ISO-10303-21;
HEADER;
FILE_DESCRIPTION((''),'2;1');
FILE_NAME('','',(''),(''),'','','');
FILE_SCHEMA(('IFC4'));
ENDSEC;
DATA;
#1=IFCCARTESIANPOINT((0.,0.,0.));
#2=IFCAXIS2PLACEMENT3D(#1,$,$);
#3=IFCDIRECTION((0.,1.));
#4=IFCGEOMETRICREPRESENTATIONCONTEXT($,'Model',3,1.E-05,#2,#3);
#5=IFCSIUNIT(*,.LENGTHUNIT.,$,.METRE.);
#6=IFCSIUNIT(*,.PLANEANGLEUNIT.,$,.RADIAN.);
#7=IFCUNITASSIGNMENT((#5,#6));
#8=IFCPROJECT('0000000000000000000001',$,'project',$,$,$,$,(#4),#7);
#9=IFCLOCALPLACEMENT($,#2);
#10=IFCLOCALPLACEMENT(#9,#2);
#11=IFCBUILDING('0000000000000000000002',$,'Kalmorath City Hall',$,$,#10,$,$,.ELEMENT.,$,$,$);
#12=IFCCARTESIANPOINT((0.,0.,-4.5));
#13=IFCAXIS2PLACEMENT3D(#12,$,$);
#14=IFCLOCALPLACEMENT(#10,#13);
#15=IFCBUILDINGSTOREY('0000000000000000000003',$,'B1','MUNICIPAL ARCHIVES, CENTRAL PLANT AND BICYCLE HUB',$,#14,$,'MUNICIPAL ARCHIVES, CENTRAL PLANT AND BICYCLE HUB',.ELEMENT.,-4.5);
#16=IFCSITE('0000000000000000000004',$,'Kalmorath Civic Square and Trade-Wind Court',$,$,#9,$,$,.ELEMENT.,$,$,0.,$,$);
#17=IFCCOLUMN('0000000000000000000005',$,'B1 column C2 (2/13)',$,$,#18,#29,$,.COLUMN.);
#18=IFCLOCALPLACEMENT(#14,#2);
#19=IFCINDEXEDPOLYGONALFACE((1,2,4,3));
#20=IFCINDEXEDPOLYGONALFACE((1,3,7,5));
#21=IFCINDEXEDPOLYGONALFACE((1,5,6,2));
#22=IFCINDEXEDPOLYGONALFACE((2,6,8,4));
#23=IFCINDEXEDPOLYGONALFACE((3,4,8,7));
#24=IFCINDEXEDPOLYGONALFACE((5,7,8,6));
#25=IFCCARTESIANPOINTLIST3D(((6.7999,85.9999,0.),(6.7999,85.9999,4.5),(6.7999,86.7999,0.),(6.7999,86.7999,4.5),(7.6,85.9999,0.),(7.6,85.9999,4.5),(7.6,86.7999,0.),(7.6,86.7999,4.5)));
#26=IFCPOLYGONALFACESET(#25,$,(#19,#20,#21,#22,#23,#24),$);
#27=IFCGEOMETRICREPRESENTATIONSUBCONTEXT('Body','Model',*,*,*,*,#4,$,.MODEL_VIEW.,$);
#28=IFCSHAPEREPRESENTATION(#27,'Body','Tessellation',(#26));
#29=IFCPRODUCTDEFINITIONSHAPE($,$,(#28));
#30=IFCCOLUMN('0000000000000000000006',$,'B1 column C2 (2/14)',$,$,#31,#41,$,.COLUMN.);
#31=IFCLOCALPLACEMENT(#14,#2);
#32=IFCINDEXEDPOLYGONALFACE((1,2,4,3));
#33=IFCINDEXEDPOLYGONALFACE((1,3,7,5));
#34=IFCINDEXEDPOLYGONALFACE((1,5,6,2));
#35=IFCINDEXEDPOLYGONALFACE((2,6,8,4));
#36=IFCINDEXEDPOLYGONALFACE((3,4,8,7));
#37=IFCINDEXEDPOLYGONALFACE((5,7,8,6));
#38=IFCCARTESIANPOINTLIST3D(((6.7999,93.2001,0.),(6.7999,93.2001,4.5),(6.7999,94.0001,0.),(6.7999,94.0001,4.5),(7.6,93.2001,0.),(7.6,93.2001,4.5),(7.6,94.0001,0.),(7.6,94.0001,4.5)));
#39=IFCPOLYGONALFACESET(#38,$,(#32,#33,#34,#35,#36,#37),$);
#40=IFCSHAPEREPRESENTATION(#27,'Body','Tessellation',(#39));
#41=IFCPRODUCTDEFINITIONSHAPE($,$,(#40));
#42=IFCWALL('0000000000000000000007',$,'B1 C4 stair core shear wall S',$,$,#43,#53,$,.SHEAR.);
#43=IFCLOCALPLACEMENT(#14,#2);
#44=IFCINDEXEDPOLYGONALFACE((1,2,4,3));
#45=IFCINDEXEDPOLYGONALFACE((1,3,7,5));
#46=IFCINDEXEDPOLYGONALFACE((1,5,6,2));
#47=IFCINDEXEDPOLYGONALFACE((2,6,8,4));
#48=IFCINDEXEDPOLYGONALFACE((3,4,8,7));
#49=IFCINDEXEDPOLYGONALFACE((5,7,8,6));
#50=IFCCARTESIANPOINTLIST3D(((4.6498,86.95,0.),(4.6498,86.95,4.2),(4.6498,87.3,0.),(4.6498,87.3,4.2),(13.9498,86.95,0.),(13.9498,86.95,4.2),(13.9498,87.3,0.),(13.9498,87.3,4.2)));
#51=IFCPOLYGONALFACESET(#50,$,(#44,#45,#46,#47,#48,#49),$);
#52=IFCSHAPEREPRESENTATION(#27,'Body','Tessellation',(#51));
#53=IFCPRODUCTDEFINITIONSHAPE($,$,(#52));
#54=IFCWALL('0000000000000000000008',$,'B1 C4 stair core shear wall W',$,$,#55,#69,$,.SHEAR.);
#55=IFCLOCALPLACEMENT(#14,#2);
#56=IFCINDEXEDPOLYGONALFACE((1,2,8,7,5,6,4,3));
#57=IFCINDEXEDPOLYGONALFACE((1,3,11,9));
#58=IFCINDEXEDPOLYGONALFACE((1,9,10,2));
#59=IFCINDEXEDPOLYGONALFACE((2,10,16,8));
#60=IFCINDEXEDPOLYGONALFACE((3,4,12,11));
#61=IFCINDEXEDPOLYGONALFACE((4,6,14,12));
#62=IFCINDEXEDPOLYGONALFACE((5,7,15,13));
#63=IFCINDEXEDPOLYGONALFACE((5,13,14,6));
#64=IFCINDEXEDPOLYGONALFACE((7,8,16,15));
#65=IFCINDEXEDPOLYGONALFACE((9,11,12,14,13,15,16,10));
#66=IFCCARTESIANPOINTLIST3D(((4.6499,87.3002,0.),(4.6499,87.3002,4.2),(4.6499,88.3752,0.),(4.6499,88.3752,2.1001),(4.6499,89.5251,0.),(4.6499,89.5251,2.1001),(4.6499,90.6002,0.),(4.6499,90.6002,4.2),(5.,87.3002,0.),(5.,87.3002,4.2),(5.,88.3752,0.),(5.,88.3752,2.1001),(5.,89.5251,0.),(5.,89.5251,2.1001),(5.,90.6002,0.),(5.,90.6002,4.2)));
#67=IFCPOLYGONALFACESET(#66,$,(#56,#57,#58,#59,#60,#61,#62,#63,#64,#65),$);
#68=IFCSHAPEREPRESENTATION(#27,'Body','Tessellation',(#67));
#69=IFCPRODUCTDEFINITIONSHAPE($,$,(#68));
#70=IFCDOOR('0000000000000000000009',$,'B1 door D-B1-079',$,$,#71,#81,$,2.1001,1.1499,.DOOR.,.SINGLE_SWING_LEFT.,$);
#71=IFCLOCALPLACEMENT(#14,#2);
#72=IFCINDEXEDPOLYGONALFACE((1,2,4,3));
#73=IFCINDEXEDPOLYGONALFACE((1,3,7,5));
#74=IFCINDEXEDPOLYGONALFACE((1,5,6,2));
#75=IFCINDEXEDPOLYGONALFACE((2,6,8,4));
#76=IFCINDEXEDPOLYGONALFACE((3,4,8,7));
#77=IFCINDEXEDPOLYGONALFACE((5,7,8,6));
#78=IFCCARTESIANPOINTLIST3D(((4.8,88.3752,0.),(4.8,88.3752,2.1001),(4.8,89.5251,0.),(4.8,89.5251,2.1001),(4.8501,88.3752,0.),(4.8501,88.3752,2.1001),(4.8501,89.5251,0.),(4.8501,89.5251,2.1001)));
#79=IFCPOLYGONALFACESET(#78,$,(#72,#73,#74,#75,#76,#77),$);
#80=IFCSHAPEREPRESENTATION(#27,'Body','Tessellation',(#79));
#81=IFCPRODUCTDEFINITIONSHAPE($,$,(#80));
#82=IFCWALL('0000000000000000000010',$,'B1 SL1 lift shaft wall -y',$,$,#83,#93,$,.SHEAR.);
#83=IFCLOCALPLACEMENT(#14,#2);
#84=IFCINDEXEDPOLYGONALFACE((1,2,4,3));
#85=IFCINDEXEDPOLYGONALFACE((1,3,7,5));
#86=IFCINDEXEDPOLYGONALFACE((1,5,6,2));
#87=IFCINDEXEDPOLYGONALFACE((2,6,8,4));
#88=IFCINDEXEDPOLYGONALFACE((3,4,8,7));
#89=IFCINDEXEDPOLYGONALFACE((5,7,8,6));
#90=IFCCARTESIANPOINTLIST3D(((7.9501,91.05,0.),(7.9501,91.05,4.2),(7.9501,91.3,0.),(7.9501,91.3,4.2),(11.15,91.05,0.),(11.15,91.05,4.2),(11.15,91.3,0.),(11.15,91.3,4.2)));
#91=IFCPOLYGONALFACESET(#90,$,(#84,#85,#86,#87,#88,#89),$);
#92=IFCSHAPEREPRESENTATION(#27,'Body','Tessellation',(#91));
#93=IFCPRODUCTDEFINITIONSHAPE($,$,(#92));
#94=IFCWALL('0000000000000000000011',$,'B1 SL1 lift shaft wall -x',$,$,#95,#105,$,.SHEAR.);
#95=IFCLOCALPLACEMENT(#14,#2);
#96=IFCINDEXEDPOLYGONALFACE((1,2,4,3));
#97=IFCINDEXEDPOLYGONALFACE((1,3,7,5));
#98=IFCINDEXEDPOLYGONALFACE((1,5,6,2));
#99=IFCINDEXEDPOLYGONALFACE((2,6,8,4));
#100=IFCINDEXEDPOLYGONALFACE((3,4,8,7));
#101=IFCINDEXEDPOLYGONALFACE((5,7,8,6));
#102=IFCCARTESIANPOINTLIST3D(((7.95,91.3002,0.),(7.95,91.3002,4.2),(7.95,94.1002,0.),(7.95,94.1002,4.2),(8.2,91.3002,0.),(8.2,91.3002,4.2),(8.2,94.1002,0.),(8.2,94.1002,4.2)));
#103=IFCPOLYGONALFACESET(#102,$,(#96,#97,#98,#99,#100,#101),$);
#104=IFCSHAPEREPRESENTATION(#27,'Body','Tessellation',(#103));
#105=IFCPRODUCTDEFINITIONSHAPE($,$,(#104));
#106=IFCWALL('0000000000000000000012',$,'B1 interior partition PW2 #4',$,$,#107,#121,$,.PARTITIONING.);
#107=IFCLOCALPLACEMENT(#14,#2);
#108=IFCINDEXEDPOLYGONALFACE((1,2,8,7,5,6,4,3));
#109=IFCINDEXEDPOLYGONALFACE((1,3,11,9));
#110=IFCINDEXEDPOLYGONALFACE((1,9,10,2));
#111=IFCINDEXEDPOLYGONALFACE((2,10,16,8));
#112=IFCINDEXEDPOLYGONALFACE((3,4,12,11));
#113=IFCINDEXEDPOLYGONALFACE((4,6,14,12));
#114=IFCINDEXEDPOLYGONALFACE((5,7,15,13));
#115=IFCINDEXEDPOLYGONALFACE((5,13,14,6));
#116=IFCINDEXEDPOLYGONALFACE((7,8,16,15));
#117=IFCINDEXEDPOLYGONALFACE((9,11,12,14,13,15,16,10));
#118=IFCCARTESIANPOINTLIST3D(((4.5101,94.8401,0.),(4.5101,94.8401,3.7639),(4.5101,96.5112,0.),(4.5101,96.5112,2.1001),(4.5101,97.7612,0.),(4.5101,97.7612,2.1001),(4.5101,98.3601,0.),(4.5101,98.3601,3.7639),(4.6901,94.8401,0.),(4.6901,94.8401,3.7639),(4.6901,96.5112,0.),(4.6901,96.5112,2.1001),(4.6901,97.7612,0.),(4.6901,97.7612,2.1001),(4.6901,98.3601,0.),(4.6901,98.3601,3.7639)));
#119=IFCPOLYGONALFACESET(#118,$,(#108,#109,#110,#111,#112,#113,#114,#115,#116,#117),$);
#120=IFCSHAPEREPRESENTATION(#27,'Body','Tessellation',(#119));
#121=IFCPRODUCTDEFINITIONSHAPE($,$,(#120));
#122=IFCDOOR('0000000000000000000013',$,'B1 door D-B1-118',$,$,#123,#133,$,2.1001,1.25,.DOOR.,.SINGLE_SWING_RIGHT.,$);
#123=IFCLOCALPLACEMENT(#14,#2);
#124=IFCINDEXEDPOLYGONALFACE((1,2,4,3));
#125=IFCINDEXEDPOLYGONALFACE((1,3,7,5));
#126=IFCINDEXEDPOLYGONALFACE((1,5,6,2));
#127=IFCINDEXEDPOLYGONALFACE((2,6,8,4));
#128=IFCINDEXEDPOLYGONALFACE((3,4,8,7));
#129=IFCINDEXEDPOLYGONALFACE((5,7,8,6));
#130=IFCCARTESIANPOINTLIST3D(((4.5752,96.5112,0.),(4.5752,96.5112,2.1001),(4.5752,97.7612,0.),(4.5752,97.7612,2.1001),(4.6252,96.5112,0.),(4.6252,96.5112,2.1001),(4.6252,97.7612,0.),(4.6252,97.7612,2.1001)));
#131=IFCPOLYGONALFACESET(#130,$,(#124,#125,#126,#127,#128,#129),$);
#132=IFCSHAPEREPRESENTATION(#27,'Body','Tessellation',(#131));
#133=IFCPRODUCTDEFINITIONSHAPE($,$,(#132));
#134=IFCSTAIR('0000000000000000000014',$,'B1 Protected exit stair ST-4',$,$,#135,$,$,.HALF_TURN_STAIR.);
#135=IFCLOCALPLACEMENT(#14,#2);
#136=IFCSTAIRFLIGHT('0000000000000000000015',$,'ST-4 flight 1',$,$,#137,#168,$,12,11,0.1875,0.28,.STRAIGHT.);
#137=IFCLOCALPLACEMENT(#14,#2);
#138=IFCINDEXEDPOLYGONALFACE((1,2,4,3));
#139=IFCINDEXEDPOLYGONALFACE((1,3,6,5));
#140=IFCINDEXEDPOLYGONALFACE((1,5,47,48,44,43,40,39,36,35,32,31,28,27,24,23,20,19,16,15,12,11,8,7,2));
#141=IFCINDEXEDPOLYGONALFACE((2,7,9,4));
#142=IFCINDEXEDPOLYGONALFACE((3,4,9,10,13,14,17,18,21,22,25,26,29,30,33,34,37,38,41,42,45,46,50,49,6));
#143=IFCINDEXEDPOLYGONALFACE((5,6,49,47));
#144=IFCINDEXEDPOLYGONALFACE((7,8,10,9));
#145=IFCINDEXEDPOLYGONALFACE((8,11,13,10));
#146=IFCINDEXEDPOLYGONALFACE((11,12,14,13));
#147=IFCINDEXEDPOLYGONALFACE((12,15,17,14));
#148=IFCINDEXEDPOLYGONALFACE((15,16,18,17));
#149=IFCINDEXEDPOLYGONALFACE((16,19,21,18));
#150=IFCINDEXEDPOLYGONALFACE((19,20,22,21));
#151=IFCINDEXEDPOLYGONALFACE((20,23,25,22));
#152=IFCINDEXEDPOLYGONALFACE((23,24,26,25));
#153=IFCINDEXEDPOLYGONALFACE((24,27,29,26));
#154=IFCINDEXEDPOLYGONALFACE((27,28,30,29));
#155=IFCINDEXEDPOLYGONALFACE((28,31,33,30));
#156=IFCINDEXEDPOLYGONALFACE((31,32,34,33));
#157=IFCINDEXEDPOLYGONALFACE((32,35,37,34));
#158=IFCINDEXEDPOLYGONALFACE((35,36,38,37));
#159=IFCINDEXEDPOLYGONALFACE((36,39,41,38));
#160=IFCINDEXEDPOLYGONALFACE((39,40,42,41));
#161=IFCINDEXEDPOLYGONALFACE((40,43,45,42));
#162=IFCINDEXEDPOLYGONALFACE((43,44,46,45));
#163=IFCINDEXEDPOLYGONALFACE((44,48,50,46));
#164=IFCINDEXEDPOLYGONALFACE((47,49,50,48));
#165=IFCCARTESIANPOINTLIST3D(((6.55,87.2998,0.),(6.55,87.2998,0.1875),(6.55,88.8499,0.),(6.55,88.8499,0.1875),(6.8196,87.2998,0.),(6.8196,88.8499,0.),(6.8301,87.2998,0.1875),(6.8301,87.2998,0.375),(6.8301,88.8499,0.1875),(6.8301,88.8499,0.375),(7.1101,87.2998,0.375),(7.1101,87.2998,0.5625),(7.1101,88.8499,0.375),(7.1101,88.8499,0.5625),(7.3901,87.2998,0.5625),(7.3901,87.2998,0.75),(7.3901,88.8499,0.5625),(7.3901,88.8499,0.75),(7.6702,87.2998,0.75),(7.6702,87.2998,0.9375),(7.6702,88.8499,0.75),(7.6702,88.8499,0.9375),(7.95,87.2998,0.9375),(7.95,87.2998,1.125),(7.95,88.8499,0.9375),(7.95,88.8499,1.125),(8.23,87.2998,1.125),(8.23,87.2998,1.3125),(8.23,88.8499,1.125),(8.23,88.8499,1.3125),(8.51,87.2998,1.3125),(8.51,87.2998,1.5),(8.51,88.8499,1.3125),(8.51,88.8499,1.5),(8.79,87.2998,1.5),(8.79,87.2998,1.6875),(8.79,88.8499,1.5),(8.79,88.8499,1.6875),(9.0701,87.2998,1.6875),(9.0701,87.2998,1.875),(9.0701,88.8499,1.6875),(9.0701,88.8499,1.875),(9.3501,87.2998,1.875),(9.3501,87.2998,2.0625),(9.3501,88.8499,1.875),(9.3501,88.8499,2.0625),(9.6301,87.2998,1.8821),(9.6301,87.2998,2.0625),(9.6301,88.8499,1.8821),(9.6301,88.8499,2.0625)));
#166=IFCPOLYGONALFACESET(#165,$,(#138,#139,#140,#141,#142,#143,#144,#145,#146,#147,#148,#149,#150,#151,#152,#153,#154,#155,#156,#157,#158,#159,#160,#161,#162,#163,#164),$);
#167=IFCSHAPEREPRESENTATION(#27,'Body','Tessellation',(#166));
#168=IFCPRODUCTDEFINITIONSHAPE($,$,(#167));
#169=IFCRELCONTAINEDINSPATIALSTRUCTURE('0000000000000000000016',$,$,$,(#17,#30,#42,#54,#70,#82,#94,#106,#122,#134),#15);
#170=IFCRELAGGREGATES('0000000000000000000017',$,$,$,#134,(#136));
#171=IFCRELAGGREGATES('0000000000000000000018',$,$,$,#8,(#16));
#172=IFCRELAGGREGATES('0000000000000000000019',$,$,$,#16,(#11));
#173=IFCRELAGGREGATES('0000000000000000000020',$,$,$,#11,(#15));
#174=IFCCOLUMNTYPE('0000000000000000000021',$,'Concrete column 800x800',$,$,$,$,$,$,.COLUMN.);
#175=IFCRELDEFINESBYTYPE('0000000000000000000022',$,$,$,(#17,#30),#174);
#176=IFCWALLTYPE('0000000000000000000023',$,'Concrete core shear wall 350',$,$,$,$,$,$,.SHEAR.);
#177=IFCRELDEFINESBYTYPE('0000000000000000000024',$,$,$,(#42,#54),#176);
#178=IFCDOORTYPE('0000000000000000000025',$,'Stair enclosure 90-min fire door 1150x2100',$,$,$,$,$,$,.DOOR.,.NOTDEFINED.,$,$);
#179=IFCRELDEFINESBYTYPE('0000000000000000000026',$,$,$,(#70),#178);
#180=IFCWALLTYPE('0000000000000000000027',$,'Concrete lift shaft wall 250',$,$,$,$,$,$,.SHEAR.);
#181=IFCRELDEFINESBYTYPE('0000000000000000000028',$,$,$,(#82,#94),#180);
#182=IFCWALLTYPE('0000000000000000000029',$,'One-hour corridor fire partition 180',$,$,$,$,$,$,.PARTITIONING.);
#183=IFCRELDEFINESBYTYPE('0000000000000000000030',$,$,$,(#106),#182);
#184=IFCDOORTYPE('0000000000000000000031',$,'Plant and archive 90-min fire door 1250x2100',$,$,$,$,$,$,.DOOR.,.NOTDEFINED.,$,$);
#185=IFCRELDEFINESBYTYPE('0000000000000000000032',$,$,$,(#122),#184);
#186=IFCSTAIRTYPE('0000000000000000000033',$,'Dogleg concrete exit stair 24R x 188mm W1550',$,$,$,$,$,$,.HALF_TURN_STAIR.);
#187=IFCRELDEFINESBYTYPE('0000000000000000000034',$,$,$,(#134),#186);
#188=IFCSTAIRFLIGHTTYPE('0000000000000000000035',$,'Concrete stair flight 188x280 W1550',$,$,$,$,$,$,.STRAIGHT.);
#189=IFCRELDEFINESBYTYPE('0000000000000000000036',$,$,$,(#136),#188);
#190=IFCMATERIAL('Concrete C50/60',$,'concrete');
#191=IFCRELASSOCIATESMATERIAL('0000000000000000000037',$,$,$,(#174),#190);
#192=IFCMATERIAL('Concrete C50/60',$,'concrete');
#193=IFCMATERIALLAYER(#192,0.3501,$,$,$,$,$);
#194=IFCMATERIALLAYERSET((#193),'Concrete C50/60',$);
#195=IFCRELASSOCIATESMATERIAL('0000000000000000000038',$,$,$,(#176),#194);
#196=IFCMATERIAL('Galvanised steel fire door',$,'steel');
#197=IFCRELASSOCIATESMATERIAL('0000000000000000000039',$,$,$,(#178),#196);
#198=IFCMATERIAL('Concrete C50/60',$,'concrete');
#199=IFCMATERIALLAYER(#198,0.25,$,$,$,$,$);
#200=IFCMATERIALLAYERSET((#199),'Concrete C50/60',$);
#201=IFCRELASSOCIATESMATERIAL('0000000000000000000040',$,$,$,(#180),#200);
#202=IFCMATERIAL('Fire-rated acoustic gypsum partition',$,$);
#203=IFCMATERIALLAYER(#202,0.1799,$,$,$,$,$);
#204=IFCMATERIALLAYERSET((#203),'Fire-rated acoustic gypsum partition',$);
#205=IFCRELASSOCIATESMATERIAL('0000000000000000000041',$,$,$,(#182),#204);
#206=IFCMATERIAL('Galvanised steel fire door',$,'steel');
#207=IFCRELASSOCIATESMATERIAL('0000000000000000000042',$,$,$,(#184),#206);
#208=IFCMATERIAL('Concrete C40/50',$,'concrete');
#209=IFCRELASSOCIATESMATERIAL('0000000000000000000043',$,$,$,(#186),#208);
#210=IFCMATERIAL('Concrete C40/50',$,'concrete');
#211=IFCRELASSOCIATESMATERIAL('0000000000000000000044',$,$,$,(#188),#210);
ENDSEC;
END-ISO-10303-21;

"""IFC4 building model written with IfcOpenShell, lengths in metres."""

from ifc_helpers import new_model, si_unit, direction, frame, frame_2d, origin, origin_2d, place, context, subcontext, project, spatial, polyline, rectangle, outline, extrude, material, layer, layer_set, material_profile, profile_set, type_object, element, fill, aggregate, save


model = new_model("IFC4")

# Units and contexts
model_context = context("Model", 3, precision=1e-05, world=origin(), true_north=direction((0.0, 1.0)))
body_context = subcontext(model_context, "Body", "Model", "MODEL_VIEW")
ifc_project = project(units=[si_unit("LENGTHUNIT", "METRE"), si_unit("PLANEANGLEUNIT", "RADIAN")], contexts=[model_context])

# Site, building, storey
site_placement = place(None, origin())
site = spatial("IfcSite", under=ifc_project, at=site_placement, Name="Kalmorath Civic Square and Trade-Wind Court", CompositionType="ELEMENT", RefElevation=0.0)
building_placement = place(site_placement, origin())
building = spatial("IfcBuilding", under=site, at=building_placement, Name="Kalmorath City Hall", CompositionType="ELEMENT")
storey_placement = place(building_placement, frame((0.0, 0.0, -4.5)))
storey = spatial("IfcBuildingStorey", under=building, at=storey_placement, Name="B1", Description="MUNICIPAL ARCHIVES, CENTRAL PLANT AND BICYCLE HUB", LongName="MUNICIPAL ARCHIVES, CENTRAL PLANT AND BICYCLE HUB", CompositionType="ELEMENT", Elevation=-4.5)

# Columns
ifc_material_1 = material(Name="Concrete C50/60", Category="concrete")
ifc_material_profile_1 = material_profile(ifc_material_1, rectangle(XDim=0.8, YDim=0.8, at=origin_2d()), Name="RC-COL-800X800")
ifc_profile_set_1 = profile_set([ifc_material_profile_1], Name="Concrete C50/60")
column_type = type_object("IfcColumnType", Name="Concrete column 800x800", PredefinedType="COLUMN", material=ifc_profile_set_1)
for number, where, z_axis, x_axis, name in (
    (1, (7.2, 86.3999, 0.0), (0.0, 0.0, 1.0), (1.0, 0.0, 0.0), "B1 column C2 (2/13)"),
    (2, (7.2, 93.6001, 0.0), (0.0, 0.0, 1.0), (1.0, 0.0, 0.0), "B1 column C2 (2/14)"),
):
    element("IfcColumn", number, at=place(storey_placement, frame(where, z_axis=z_axis, x_axis=x_axis)), inside=storey, type_object=column_type, Name=name, PredefinedType="COLUMN", context=body_context, shape_type="SweptSolid", body=[
        extrude(rectangle(XDim=0.8, YDim=0.8, at=origin_2d()), origin(), (0.0, 0.0, 1.0), 4.5),
    ])

# Wall
ifc_material_2 = material(Name="Concrete C50/60", Category="concrete")
ifc_layer_1 = layer(ifc_material_2, 0.3501)
ifc_layer_set_1 = layer_set([ifc_layer_1], Name="Concrete C50/60")
wall_type_1 = type_object("IfcWallType", Name="Concrete core shear wall 350", PredefinedType="SHEAR", material=ifc_layer_set_1)
wall_1_placement = place(storey_placement, frame((4.6499, 87.125, 0.0), z_axis=(0.0, 0.0, 1.0), x_axis=(1.0, 0.0, 0.0)))
element("IfcWall", 3, at=wall_1_placement, inside=storey, type_object=wall_type_1, Name="B1 C4 stair core shear wall S", PredefinedType="SHEAR", context=body_context, shape_type="SweptSolid", body=[
    extrude(rectangle(XDim=9.3, YDim=0.3501, at=frame_2d((4.6499, 0.0))), origin(), (0.0, 0.0, 1.0), 4.2),
])

# Wall, opening, door
wall_2_placement = place(storey_placement, frame((4.825, 90.6001, 0.0), z_axis=(0.0, 0.0, 1.0), x_axis=(0.0, -1.0, 0.0)))
wall_2 = element("IfcWall", 4, at=wall_2_placement, inside=storey, type_object=wall_type_1, Name="B1 C4 stair core shear wall W", PredefinedType="SHEAR", context=body_context, shape_type="SweptSolid", body=[
    extrude(rectangle(XDim=3.3, YDim=0.3501, at=frame_2d((1.6499, 0.0))), origin(), (0.0, 0.0, 1.0), 4.2),
])
opening_1_placement = place(wall_2_placement, frame((1.075, 0.0, 0.0)))
opening_1 = element("IfcOpeningElement", 5, at=opening_1_placement, cuts=wall_2, PredefinedType="OPENING", context=body_context, shape_type="SweptSolid", body=[
    extrude(rectangle(XDim=1.1499, YDim=2.1001, at=frame_2d((0.575, 1.05))), frame((0.0, 0.1851, 0.0), z_axis=(0.0, -1.0, 0.0), x_axis=(1.0, 0.0, 0.0)), (0.0, 0.0, 1.0), 0.3701),
])
ifc_material_3 = material(Name="Galvanised steel fire door", Category="steel")
door_type_1 = type_object("IfcDoorType", Name="Stair enclosure 90-min fire door 1150x2100", OperationType="NOTDEFINED", PredefinedType="DOOR", material=ifc_material_3)
door_1_placement = place(opening_1_placement, frame((1.1499, 0.0, 0.0), z_axis=(0.0, 0.0, 1.0), x_axis=(-1.0, 0.0, 0.0)))
door_1 = element("IfcDoor", 6, at=door_1_placement, inside=storey, type_object=door_type_1, Name="B1 door D-B1-079", OperationType="SINGLE_SWING_LEFT", OverallHeight=2.1001, OverallWidth=1.1499, PredefinedType="DOOR", context=body_context, shape_type="SweptSolid", body=[
    extrude(rectangle(XDim=1.1499, YDim=2.1001, at=frame_2d((0.575, 1.05))), frame((0.0, 0.0249, 0.0), z_axis=(0.0, -1.0, 0.0), x_axis=(1.0, 0.0, 0.0)), (0.0, 0.0, 1.0), 0.05),
])
fill(opening_1, door_1)

# Walls
ifc_material_4 = material(Name="Concrete C50/60", Category="concrete")
ifc_layer_2 = layer(ifc_material_4, 0.25)
ifc_layer_set_2 = layer_set([ifc_layer_2], Name="Concrete C50/60")
wall_type_2 = type_object("IfcWallType", Name="Concrete lift shaft wall 250", PredefinedType="SHEAR", material=ifc_layer_set_2)
wall_3_placement = place(storey_placement, frame((7.95, 91.175, 0.0), z_axis=(0.0, 0.0, 1.0), x_axis=(1.0, 0.0, 0.0)))
element("IfcWall", 7, at=wall_3_placement, inside=storey, type_object=wall_type_2, Name="B1 SL1 lift shaft wall -y", PredefinedType="SHEAR", context=body_context, shape_type="SweptSolid", body=[
    extrude(rectangle(XDim=3.2, YDim=0.25, at=frame_2d((1.6001, 0.0))), origin(), (0.0, 0.0, 1.0), 4.2),
])
wall_4_placement = place(storey_placement, frame((8.075, 94.1001, 0.0), z_axis=(0.0, 0.0, 1.0), x_axis=(0.0, -1.0, 0.0)))
element("IfcWall", 8, at=wall_4_placement, inside=storey, type_object=wall_type_2, Name="B1 SL1 lift shaft wall -x", PredefinedType="SHEAR", context=body_context, shape_type="SweptSolid", body=[
    extrude(rectangle(XDim=2.8, YDim=0.25, at=frame_2d((1.3999, 0.0))), origin(), (0.0, 0.0, 1.0), 4.2),
])

# Wall, opening, door
ifc_material_5 = material(Name="Fire-rated acoustic gypsum partition")
ifc_layer_3 = layer(ifc_material_5, 0.1799)
ifc_layer_set_3 = layer_set([ifc_layer_3], Name="Fire-rated acoustic gypsum partition")
wall_type_3 = type_object("IfcWallType", Name="One-hour corridor fire partition 180", PredefinedType="PARTITIONING", material=ifc_layer_set_3)
wall_5_placement = place(storey_placement, frame((4.6001, 94.8401, 0.0), z_axis=(0.0, 0.0, 1.0), x_axis=(0.0, 1.0, 0.0)))
wall_5 = element("IfcWall", 9, at=wall_5_placement, inside=storey, type_object=wall_type_3, Name="B1 interior partition PW2 #4", PredefinedType="PARTITIONING", context=body_context, shape_type="SweptSolid", body=[
    extrude(rectangle(XDim=3.52, YDim=0.1799, at=frame_2d((1.76, 0.0))), origin(), (0.0, 0.0, 1.0), 3.7639),
])
opening_2_placement = place(wall_5_placement, frame((1.6711, 0.0, 0.0)))
opening_2 = element("IfcOpeningElement", 10, at=opening_2_placement, cuts=wall_5, PredefinedType="OPENING", context=body_context, shape_type="SweptSolid", body=[
    extrude(rectangle(XDim=1.25, YDim=2.1001, at=frame_2d((0.625, 1.05))), frame((0.0, 0.0999, 0.0), z_axis=(0.0, -1.0, 0.0), x_axis=(1.0, 0.0, 0.0)), (0.0, 0.0, 1.0), 0.2),
])
ifc_material_6 = material(Name="Galvanised steel fire door", Category="steel")
door_type_2 = type_object("IfcDoorType", Name="Plant and archive 90-min fire door 1250x2100", OperationType="NOTDEFINED", PredefinedType="DOOR", material=ifc_material_6)
door_2_placement = place(opening_2_placement, origin())
door_2 = element("IfcDoor", 11, at=door_2_placement, inside=storey, type_object=door_type_2, Name="B1 door D-B1-118", OperationType="SINGLE_SWING_RIGHT", OverallHeight=2.1001, OverallWidth=1.25, PredefinedType="DOOR", context=body_context, shape_type="SweptSolid", body=[
    extrude(rectangle(XDim=1.25, YDim=2.1001, at=frame_2d((0.625, 1.05))), frame((0.0, 0.0249, 0.0), z_axis=(0.0, -1.0, 0.0), x_axis=(1.0, 0.0, 0.0)), (0.0, 0.0, 1.0), 0.05),
])
fill(opening_2, door_2)

# Stair, stair flight
ifc_material_7 = material(Name="Concrete C40/50", Category="concrete")
stair_type = type_object("IfcStairType", Name="Dogleg concrete exit stair 24R x 188mm W1550", PredefinedType="HALF_TURN_STAIR", material=ifc_material_7)
stair_placement = place(storey_placement, origin())
stair = element("IfcStair", 12, at=stair_placement, inside=storey, type_object=stair_type, Name="B1 Protected exit stair ST-4", PredefinedType="HALF_TURN_STAIR")
ifc_material_8 = material(Name="Concrete C40/50", Category="concrete")
stair_flight_type = type_object("IfcStairFlightType", Name="Concrete stair flight 188x280 W1550", PredefinedType="STRAIGHT", material=ifc_material_8)
stair_flight_placement = place(storey_placement, frame((6.55, 88.075, 0.0), z_axis=(0.0, 0.0, 1.0), x_axis=(1.0, 0.0, 0.0)))
stair_flight = element("IfcStairFlight", 13, at=stair_flight_placement, type_object=stair_flight_type, Name="ST-4 flight 1", NumberOfRisers=12, NumberOfTreads=11, PredefinedType="STRAIGHT", RiserHeight=0.1875, TreadLength=0.28, context=body_context, shape_type="SweptSolid", body=[
    extrude(outline(polyline([(0.0, 0.0), (0.0, 0.1875), (0.28, 0.1875), (0.28, 0.375), (0.5601, 0.375), (0.5601, 0.5625), (0.8401, 0.5625), (0.8401, 0.75), (1.1201, 0.75), (1.1201, 0.9375), (1.3999, 0.9375), (1.3999, 1.125), (1.6799, 1.125), (1.6799, 1.3125), (1.96, 1.3125), (1.96, 1.5), (2.24, 1.5), (2.24, 1.6875), (2.52, 1.6875), (2.52, 1.875), (2.8, 1.875), (2.8, 2.0625), (3.0801, 2.0625), (3.0801, 2.25), (3.0801, 1.8821), (0.2695, 0.0), (0.0, 0.0)])), frame((0.0, 0.7749, 0.0), z_axis=(0.0, -1.0, 0.0), x_axis=(1.0, 0.0, 0.0)), (0.0, 0.0, 1.0), 1.55),
])
aggregate(stair, [stair_flight])

save(model, "model.ifc")
